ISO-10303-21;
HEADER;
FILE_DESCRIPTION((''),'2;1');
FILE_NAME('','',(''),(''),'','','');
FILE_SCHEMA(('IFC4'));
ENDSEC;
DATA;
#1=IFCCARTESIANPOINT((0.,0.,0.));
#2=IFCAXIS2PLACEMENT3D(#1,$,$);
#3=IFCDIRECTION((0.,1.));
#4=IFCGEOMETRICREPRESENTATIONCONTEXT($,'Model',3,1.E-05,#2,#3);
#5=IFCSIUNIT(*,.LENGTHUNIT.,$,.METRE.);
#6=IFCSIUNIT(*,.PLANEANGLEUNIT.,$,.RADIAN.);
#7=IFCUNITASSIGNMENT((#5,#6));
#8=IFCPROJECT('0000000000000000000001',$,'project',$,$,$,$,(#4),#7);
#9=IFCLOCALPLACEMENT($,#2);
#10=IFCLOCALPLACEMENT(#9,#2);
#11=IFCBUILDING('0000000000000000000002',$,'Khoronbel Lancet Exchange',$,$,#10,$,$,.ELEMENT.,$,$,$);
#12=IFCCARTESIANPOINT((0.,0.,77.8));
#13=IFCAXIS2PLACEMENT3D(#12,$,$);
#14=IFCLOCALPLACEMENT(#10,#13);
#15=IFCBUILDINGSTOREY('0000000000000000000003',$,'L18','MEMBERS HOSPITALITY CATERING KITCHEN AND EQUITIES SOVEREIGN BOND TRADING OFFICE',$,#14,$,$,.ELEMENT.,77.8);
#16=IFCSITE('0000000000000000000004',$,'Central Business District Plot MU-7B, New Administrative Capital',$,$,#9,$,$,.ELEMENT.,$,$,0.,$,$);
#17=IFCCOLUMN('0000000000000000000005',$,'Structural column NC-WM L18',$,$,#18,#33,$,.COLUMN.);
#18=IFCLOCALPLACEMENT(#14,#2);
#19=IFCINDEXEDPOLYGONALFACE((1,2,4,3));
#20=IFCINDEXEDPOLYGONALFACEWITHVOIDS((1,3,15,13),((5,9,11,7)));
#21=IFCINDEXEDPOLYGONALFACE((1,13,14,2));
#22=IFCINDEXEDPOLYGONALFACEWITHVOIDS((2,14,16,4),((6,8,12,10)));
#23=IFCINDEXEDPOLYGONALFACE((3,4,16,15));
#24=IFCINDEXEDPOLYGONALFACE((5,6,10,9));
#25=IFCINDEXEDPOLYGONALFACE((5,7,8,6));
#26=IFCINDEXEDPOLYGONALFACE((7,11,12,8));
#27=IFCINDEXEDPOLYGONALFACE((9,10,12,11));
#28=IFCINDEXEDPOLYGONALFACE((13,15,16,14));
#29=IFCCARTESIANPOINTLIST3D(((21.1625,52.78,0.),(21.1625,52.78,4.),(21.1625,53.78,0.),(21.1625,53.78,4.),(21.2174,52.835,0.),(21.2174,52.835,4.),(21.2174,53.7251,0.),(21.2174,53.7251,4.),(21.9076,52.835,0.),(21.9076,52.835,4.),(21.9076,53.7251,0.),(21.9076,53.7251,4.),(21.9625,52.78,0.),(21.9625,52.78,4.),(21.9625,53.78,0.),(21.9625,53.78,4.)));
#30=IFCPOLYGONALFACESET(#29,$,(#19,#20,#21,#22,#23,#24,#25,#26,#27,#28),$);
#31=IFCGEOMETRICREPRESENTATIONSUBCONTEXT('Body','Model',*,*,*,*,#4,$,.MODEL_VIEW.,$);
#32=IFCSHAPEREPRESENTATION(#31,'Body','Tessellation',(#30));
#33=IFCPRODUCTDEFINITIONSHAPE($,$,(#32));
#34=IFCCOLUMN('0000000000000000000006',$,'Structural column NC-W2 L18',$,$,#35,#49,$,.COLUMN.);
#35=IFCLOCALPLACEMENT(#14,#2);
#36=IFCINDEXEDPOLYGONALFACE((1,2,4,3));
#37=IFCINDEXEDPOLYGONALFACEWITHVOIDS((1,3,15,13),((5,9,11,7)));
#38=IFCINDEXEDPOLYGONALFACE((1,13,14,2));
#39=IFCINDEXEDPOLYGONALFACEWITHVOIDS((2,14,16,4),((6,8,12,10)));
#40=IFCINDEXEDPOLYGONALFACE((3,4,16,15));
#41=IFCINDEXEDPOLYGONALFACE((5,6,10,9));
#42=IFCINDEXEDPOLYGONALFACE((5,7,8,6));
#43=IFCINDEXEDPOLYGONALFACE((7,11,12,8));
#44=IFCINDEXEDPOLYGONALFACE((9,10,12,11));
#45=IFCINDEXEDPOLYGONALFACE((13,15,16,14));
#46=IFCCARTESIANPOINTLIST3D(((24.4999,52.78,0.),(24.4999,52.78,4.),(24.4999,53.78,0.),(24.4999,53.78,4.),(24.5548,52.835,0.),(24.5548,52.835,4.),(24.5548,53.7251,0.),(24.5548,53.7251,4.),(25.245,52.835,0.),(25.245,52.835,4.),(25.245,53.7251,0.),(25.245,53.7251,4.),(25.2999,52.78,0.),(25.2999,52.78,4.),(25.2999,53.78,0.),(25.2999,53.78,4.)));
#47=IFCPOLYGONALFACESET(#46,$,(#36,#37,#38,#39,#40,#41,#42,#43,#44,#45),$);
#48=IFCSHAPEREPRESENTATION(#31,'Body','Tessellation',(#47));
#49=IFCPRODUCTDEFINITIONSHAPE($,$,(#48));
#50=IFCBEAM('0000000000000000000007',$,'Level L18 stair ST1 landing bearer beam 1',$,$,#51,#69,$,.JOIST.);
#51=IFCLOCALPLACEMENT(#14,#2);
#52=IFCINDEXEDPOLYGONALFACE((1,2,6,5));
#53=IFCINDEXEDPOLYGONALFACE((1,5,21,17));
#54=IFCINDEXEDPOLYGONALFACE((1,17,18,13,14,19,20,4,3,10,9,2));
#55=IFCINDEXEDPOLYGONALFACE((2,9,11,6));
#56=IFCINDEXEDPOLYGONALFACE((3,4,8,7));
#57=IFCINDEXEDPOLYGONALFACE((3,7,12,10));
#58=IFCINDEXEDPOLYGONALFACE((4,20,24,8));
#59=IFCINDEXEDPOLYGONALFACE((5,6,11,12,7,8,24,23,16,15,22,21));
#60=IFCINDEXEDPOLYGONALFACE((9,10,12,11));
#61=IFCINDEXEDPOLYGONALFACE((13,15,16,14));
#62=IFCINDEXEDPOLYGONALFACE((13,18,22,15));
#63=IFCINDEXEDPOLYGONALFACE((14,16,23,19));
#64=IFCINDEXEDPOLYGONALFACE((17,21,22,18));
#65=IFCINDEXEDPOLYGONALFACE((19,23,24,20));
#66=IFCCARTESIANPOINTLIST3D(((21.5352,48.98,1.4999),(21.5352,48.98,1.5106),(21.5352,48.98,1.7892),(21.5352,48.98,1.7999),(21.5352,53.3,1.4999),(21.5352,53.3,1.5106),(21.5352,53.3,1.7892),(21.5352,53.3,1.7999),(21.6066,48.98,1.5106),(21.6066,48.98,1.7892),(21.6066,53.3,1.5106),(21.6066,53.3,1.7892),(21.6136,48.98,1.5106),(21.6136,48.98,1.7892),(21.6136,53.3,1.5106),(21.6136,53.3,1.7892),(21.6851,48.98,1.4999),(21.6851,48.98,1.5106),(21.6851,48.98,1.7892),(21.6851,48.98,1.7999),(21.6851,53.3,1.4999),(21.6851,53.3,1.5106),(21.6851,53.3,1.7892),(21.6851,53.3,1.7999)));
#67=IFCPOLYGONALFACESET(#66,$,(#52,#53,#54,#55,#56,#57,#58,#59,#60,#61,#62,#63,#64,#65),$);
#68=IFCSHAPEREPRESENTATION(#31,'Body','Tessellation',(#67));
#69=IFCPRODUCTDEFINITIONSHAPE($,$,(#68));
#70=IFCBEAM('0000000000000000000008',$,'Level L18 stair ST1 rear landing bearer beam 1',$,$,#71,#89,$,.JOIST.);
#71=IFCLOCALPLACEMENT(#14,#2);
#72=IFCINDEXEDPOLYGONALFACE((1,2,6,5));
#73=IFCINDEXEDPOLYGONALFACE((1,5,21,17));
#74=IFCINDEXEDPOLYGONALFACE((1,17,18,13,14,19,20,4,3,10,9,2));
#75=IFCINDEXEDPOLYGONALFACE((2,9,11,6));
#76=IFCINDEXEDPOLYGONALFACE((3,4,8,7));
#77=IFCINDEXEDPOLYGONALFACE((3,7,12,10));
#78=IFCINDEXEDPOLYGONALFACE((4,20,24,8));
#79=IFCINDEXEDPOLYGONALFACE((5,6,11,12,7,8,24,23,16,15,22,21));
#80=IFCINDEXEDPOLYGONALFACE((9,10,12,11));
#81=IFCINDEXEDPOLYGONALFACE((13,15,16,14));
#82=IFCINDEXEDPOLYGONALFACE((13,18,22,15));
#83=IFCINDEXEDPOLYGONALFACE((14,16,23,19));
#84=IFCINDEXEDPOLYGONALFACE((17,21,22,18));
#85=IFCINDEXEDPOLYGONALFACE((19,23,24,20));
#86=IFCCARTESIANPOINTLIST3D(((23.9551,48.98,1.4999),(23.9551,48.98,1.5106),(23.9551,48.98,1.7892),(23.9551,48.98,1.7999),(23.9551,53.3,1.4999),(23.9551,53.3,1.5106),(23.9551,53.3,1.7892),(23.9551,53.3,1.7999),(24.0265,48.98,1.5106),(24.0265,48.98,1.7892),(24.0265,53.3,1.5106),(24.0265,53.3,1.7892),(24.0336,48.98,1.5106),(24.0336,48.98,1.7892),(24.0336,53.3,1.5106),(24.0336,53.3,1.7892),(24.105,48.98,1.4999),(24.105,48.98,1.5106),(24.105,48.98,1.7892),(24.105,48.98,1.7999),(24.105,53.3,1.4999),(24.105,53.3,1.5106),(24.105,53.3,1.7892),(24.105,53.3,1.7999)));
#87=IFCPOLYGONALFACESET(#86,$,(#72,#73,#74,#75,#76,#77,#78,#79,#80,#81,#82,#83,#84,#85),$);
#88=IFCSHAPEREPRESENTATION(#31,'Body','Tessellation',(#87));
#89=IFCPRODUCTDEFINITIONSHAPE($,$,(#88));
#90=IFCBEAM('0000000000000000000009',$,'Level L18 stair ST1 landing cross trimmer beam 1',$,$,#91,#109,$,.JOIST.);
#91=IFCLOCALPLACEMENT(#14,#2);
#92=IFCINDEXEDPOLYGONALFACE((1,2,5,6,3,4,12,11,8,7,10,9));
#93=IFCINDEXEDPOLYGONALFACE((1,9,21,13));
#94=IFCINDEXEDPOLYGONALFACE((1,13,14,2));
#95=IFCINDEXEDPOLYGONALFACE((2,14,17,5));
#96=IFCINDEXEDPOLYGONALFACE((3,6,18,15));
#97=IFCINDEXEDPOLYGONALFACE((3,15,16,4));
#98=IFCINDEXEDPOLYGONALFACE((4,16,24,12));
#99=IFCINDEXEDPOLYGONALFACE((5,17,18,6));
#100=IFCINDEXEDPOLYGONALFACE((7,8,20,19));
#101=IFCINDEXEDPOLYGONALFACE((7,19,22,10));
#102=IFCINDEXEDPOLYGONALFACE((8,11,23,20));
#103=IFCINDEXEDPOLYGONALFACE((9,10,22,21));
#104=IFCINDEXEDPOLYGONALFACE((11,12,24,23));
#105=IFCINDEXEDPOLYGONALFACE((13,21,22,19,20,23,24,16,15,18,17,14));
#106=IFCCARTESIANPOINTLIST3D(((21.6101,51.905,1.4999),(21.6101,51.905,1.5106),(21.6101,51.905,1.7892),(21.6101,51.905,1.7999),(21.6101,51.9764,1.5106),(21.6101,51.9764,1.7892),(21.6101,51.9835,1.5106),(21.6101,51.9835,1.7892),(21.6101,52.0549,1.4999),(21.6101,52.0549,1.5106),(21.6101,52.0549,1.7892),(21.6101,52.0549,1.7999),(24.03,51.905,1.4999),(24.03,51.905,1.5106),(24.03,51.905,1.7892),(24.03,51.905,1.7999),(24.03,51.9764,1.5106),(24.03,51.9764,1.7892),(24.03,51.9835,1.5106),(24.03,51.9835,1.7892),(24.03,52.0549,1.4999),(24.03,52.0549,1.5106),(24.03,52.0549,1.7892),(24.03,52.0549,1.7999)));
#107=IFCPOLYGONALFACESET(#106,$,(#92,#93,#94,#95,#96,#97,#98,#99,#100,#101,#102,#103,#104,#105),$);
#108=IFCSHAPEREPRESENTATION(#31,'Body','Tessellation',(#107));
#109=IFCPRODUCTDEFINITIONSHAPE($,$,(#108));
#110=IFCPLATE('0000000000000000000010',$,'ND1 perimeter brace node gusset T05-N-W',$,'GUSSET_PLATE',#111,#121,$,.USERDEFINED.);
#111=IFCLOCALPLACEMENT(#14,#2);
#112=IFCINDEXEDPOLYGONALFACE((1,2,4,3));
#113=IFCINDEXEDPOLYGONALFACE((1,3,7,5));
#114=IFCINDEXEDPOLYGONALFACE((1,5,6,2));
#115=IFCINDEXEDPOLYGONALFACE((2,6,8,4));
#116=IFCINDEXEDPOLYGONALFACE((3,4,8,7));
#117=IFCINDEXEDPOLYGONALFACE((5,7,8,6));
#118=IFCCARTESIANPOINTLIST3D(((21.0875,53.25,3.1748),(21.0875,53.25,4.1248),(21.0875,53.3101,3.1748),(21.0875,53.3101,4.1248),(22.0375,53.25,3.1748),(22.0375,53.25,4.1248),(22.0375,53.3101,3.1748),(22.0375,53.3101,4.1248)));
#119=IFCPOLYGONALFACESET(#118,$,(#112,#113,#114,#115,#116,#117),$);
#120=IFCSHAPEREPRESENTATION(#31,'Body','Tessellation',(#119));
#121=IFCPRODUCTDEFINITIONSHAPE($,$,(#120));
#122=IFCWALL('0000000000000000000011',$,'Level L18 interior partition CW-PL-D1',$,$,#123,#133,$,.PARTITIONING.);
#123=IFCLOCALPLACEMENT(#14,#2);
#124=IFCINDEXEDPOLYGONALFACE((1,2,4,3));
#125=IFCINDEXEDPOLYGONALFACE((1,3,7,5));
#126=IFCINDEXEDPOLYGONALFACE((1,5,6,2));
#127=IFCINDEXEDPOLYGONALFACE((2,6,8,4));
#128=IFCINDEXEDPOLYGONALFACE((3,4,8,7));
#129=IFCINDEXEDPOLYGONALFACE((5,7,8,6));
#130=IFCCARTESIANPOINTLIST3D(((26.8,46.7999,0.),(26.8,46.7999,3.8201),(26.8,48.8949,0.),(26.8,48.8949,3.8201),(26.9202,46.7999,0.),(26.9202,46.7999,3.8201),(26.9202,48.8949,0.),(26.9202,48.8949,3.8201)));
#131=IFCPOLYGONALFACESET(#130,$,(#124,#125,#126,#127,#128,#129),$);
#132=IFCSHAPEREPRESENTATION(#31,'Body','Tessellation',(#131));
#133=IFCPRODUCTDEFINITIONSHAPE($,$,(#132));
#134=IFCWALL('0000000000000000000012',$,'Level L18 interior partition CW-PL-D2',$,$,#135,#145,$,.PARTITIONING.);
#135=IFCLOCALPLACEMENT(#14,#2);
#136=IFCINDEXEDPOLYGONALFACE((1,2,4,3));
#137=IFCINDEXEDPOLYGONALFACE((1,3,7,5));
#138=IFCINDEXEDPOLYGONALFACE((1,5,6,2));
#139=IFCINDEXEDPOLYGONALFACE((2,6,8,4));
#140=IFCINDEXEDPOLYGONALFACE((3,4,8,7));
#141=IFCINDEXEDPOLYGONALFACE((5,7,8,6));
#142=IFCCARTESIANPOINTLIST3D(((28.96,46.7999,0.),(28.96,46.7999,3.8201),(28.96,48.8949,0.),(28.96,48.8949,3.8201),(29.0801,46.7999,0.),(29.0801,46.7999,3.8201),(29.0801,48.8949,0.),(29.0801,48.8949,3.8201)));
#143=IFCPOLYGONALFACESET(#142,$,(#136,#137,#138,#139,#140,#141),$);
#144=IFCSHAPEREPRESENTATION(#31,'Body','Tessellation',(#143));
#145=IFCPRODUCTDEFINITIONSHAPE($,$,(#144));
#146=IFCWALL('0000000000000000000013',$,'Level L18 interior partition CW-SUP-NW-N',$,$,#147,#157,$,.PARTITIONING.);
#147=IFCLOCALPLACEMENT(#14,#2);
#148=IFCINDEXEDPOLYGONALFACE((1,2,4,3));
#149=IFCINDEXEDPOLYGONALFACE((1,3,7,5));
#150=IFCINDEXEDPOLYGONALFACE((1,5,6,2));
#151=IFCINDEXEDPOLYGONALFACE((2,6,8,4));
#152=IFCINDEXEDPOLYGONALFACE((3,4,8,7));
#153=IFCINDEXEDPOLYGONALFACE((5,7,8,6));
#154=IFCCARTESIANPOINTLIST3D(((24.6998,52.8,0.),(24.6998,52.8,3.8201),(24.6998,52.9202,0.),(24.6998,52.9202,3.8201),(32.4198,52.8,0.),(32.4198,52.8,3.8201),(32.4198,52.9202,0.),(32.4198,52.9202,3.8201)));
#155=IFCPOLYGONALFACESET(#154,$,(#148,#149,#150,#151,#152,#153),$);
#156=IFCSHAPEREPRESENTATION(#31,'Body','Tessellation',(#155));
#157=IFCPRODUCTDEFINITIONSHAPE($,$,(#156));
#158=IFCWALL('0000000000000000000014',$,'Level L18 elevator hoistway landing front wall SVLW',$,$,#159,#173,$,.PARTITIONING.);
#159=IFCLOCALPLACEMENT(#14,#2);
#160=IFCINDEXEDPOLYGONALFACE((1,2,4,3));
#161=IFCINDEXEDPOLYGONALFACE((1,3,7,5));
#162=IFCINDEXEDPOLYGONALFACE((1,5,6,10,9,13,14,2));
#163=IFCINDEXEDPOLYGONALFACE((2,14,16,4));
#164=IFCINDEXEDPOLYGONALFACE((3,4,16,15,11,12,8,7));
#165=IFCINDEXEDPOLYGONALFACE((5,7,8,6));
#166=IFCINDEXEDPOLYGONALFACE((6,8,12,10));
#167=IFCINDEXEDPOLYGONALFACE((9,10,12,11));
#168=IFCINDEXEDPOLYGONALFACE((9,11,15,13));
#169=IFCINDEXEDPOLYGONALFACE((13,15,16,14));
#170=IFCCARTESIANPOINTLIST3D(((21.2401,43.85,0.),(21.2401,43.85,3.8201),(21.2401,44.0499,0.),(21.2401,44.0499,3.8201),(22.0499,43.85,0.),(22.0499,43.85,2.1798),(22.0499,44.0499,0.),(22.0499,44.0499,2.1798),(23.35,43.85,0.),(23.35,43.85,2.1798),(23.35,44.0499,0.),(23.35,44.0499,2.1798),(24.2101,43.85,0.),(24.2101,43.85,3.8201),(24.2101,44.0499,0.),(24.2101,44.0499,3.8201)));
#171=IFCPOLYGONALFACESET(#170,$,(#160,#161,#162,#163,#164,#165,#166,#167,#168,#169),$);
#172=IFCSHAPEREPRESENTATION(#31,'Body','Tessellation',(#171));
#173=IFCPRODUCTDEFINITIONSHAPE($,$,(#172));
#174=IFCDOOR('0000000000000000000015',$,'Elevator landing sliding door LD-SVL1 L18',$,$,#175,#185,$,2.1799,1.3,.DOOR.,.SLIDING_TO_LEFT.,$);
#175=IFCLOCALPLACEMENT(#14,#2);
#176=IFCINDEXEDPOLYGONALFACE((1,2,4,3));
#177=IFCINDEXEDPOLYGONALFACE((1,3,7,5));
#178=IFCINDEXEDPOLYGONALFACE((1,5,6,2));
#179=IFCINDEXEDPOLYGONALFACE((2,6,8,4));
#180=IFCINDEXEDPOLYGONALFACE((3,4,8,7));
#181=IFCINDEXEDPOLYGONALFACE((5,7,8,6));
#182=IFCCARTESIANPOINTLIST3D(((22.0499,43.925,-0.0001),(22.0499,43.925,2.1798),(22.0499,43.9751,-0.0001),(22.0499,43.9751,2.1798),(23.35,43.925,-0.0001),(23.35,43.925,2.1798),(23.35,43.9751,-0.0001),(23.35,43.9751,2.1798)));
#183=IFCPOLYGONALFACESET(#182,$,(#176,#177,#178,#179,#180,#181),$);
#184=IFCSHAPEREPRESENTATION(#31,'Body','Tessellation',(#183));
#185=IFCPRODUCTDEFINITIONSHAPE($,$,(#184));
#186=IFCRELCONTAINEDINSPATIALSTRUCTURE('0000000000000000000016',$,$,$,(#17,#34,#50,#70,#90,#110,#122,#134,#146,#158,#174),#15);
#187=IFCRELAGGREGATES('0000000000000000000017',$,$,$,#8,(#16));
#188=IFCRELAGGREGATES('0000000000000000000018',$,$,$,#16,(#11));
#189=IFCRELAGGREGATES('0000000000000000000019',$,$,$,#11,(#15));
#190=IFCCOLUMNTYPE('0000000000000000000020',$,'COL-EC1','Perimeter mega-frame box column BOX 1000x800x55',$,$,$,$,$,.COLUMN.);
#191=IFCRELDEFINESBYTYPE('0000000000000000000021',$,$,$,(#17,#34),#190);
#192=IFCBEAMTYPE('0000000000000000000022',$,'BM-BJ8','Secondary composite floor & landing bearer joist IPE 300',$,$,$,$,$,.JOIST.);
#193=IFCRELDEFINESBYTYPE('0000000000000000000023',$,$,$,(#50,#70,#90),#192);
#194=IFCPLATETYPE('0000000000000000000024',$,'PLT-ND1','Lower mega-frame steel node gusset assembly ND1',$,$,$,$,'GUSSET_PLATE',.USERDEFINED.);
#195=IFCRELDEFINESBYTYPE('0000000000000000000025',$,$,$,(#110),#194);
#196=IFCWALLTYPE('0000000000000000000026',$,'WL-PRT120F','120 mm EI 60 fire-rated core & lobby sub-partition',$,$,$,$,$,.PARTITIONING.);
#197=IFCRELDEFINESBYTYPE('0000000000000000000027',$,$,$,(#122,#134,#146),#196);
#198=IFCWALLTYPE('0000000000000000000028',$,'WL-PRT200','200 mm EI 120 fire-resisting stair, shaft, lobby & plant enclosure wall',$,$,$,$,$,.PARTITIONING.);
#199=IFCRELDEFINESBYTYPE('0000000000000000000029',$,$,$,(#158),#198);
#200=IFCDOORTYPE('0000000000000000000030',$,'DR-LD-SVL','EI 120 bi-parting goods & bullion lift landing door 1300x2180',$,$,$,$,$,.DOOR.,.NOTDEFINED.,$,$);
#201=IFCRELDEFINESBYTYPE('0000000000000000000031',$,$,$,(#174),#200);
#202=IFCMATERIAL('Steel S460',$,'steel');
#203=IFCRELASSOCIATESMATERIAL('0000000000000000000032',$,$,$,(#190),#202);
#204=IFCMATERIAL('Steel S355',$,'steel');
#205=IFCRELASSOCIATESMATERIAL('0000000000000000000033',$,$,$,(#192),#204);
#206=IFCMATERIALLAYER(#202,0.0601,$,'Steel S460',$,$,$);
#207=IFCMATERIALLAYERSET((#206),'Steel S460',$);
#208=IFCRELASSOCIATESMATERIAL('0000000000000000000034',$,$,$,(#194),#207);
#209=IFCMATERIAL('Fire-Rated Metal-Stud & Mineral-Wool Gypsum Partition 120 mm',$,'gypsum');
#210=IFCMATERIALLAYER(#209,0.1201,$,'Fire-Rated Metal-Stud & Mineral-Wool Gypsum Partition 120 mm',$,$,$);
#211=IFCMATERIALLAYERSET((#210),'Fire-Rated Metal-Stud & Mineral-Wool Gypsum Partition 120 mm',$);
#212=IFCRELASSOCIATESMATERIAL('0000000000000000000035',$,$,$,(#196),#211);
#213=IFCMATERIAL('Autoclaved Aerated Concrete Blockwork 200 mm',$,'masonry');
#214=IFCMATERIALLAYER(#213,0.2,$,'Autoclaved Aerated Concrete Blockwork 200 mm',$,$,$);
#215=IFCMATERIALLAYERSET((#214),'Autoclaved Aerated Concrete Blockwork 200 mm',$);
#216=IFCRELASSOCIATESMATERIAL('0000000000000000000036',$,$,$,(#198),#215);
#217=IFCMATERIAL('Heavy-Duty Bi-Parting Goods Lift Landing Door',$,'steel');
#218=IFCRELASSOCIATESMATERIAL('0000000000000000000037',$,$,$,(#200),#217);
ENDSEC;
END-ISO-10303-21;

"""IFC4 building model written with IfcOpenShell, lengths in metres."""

from ifc_helpers import new_model, si_unit, direction, frame, frame_2d, origin, origin_2d, place, context, subcontext, project, spatial, rectangle, hollow_rectangle, i_section, extrude, material, layer, layer_set, material_profile, profile_set, type_object, element, fill, save


model = new_model("IFC4")

# Units and contexts
model_context = context("Model", 3, precision=1e-05, world=origin(), true_north=direction((0.0, 1.0)))
body_context = subcontext(model_context, "Body", "Model", "MODEL_VIEW")
ifc_project = project(units=[si_unit("LENGTHUNIT", "METRE"), si_unit("PLANEANGLEUNIT", "RADIAN")], contexts=[model_context])

# Site, building, storey
site_placement = place(None, origin())
site = spatial("IfcSite", under=ifc_project, at=site_placement, Name="Central Business District Plot MU-7B, New Administrative Capital", CompositionType="ELEMENT", RefElevation=0.0)
building_placement = place(site_placement, origin())
building = spatial("IfcBuilding", under=site, at=building_placement, Name="Khoronbel Lancet Exchange", CompositionType="ELEMENT")
storey_placement = place(building_placement, frame((0.0, 0.0, 77.8)))
storey = spatial("IfcBuildingStorey", under=building, at=storey_placement, Name="L18", Description="MEMBERS HOSPITALITY CATERING KITCHEN AND EQUITIES SOVEREIGN BOND TRADING OFFICE", CompositionType="ELEMENT", Elevation=77.8)

# Columns
ifc_material_1 = material(Name="Steel S460", Category="steel")
ifc_material_profile_1 = material_profile(ifc_material_1, hollow_rectangle(XDim=0.8, YDim=1.0, WallThickness=0.0549, at=origin_2d()), Name="BOX 1000x800x55")
ifc_profile_set_1 = profile_set([ifc_material_profile_1], Name="Steel S460")
column_type = type_object("IfcColumnType", Name="COL-EC1", Description="Perimeter mega-frame box column BOX 1000x800x55", PredefinedType="COLUMN", material=ifc_profile_set_1)
for number, where, z_axis, x_axis, name in (
    (1, (21.5625, 53.28, 0.0), (0.0, 0.0, 1.0), (1.0, 0.0, 0.0), "Structural column NC-WM L18"),
    (2, (24.8999, 53.28, 0.0), (0.0, 0.0, 1.0), (1.0, 0.0, 0.0), "Structural column NC-W2 L18"),
):
    element("IfcColumn", number, at=place(storey_placement, frame(where, z_axis=z_axis, x_axis=x_axis)), inside=storey, type_object=column_type, Name=name, PredefinedType="COLUMN", context=body_context, shape_type="SweptSolid", body=[
        extrude(hollow_rectangle(XDim=0.8, YDim=1.0, WallThickness=0.0549, at=origin_2d()), origin(), (0.0, 0.0, 1.0), 4.0),
    ])

# Beams
ifc_material_2 = material(Name="Steel S355", Category="steel")
ifc_material_profile_2 = material_profile(ifc_material_2, i_section(OverallWidth=0.1499, OverallDepth=0.3, WebThickness=0.0071, FlangeThickness=0.0107, at=origin_2d()), Name="IPE 300")
ifc_profile_set_2 = profile_set([ifc_material_profile_2], Name="Steel S355")
beam_type = type_object("IfcBeamType", Name="BM-BJ8", Description="Secondary composite floor & landing bearer joist IPE 300", PredefinedType="JOIST", material=ifc_profile_set_2)
for number, where, z_axis, x_axis, name in (
    (3, (21.6101, 48.98, 1.6499), (0.0, 1.0, 0.0), (-1.0, 0.0, 0.0), "Level L18 stair ST1 landing bearer beam 1"),
    (4, (24.03, 48.98, 1.6499), (0.0, 1.0, 0.0), (-1.0, 0.0, 0.0), "Level L18 stair ST1 rear landing bearer beam 1"),
):
    element("IfcBeam", number, at=place(storey_placement, frame(where, z_axis=z_axis, x_axis=x_axis)), inside=storey, type_object=beam_type, Name=name, PredefinedType="JOIST", context=body_context, shape_type="SweptSolid", body=[
        extrude(i_section(OverallWidth=0.1499, OverallDepth=0.3, WebThickness=0.0071, FlangeThickness=0.0107, at=origin_2d()), origin(), (0.0, 0.0, 1.0), 4.3201),
    ])
beam_placement = place(storey_placement, frame((21.6101, 51.98, 1.6499), z_axis=(1.0, 0.0, 0.0), x_axis=(0.0, 1.0, 0.0)))
element("IfcBeam", 5, at=beam_placement, inside=storey, type_object=beam_type, Name="Level L18 stair ST1 landing cross trimmer beam 1", PredefinedType="JOIST", context=body_context, shape_type="SweptSolid", body=[
    extrude(i_section(OverallWidth=0.1499, OverallDepth=0.3, WebThickness=0.0071, FlangeThickness=0.0107, at=origin_2d()), origin(), (0.0, 0.0, 1.0), 2.4199),
])

# Plate
ifc_layer_1 = layer(ifc_material_1, 0.0601, Name="Steel S460")
ifc_layer_set_1 = layer_set([ifc_layer_1], Name="Steel S460")
plate_type = type_object("IfcPlateType", Name="PLT-ND1", Description="Lower mega-frame steel node gusset assembly ND1", ElementType="GUSSET_PLATE", PredefinedType="USERDEFINED", material=ifc_layer_set_1)
plate_placement = place(storey_placement, frame((21.5625, 53.28, 3.1748), z_axis=(0.0, 0.0, 1.0), x_axis=(1.0, 0.0, 0.0)))
element("IfcPlate", 6, at=plate_placement, inside=storey, type_object=plate_type, Name="ND1 perimeter brace node gusset T05-N-W", ObjectType="GUSSET_PLATE", PredefinedType="USERDEFINED", context=body_context, shape_type="SweptSolid", body=[
    extrude(rectangle(XDim=0.95, YDim=0.0601, at=origin_2d()), origin(), (0.0, 0.0, 1.0), 0.95),
])

# Walls
ifc_material_3 = material(Name="Fire-Rated Metal-Stud & Mineral-Wool Gypsum Partition 120 mm", Category="gypsum")
ifc_layer_2 = layer(ifc_material_3, 0.1201, Name="Fire-Rated Metal-Stud & Mineral-Wool Gypsum Partition 120 mm")
ifc_layer_set_2 = layer_set([ifc_layer_2], Name="Fire-Rated Metal-Stud & Mineral-Wool Gypsum Partition 120 mm")
wall_type_1 = type_object("IfcWallType", Name="WL-PRT120F", Description="120 mm EI 60 fire-rated core & lobby sub-partition", PredefinedType="PARTITIONING", material=ifc_layer_set_2)
for number, where, z_axis, x_axis, name in (
    (7, (26.8601, 46.8, 0.0), (0.0, 0.0, 1.0), (0.0, 1.0, 0.0), "Level L18 interior partition CW-PL-D1"),
    (8, (29.02, 46.8, 0.0), (0.0, 0.0, 1.0), (0.0, 1.0, 0.0), "Level L18 interior partition CW-PL-D2"),
):
    element("IfcWall", number, at=place(storey_placement, frame(where, z_axis=z_axis, x_axis=x_axis)), inside=storey, type_object=wall_type_1, Name=name, PredefinedType="PARTITIONING", context=body_context, shape_type="SweptSolid", body=[
        extrude(rectangle(XDim=2.095, YDim=0.1201, at=frame_2d((1.0474, 0.0))), origin(), (0.0, 0.0, 1.0), 3.8201),
    ])
wall_1_placement = place(storey_placement, frame((24.7, 52.8601, 0.0), z_axis=(0.0, 0.0, 1.0), x_axis=(1.0, 0.0, 0.0)))
element("IfcWall", 9, at=wall_1_placement, inside=storey, type_object=wall_type_1, Name="Level L18 interior partition CW-SUP-NW-N", PredefinedType="PARTITIONING", context=body_context, shape_type="SweptSolid", body=[
    extrude(rectangle(XDim=7.72, YDim=0.1201, at=frame_2d((3.8599, 0.0))), origin(), (0.0, 0.0, 1.0), 3.8201),
])

# Wall, opening, door
ifc_material_4 = material(Name="Autoclaved Aerated Concrete Blockwork 200 mm", Category="masonry")
ifc_layer_3 = layer(ifc_material_4, 0.2, Name="Autoclaved Aerated Concrete Blockwork 200 mm")
ifc_layer_set_3 = layer_set([ifc_layer_3], Name="Autoclaved Aerated Concrete Blockwork 200 mm")
wall_type_2 = type_object("IfcWallType", Name="WL-PRT200", Description="200 mm EI 120 fire-resisting stair, shaft, lobby & plant enclosure wall", PredefinedType="PARTITIONING", material=ifc_layer_set_3)
wall_2_placement = place(storey_placement, frame((24.21, 43.95, 0.0), z_axis=(0.0, 0.0, 1.0), x_axis=(-1.0, 0.0, 0.0)))
wall_2 = element("IfcWall", 10, at=wall_2_placement, inside=storey, type_object=wall_type_2, Name="Level L18 elevator hoistway landing front wall SVLW", PredefinedType="PARTITIONING", context=body_context, shape_type="SweptSolid", body=[
    extrude(rectangle(XDim=2.97, YDim=0.2, at=frame_2d((1.4849, 0.0))), origin(), (0.0, 0.0, 1.0), 3.8201),
])
opening_1_placement = place(wall_2_placement, frame((0.8601, 0.0, 0.0)))
opening_1 = element("IfcOpeningElement", 11, at=opening_1_placement, cuts=wall_2, PredefinedType="OPENING", context=body_context, shape_type="SweptSolid", body=[
    extrude(rectangle(XDim=1.3, YDim=2.1799, at=frame_2d((0.6499, 1.0898))), frame((0.0, 0.1099, 0.0), z_axis=(0.0, -1.0, 0.0), x_axis=(1.0, 0.0, 0.0)), (0.0, 0.0, 1.0), 0.22),
])
ifc_material_5 = material(Name="Heavy-Duty Bi-Parting Goods Lift Landing Door", Category="steel")
door_type_1 = type_object("IfcDoorType", Name="DR-LD-SVL", Description="EI 120 bi-parting goods & bullion lift landing door 1300x2180", OperationType="NOTDEFINED", PredefinedType="DOOR", material=ifc_material_5)
door_1_placement = place(opening_1_placement, origin())
door_1 = element("IfcDoor", 12, at=door_1_placement, inside=storey, type_object=door_type_1, Name="Elevator landing sliding door LD-SVL1 L18", OperationType="SLIDING_TO_LEFT", OverallHeight=2.1799, OverallWidth=1.3, PredefinedType="DOOR", context=body_context, shape_type="SweptSolid", body=[
    extrude(rectangle(XDim=1.3, YDim=2.1799, at=frame_2d((0.6499, 1.0898))), frame((0.0, 0.0249, 0.0), z_axis=(0.0, -1.0, 0.0), x_axis=(1.0, 0.0, 0.0)), (0.0, 0.0, 1.0), 0.05),
])
fill(opening_1, door_1)

save(model, "model.ifc")
